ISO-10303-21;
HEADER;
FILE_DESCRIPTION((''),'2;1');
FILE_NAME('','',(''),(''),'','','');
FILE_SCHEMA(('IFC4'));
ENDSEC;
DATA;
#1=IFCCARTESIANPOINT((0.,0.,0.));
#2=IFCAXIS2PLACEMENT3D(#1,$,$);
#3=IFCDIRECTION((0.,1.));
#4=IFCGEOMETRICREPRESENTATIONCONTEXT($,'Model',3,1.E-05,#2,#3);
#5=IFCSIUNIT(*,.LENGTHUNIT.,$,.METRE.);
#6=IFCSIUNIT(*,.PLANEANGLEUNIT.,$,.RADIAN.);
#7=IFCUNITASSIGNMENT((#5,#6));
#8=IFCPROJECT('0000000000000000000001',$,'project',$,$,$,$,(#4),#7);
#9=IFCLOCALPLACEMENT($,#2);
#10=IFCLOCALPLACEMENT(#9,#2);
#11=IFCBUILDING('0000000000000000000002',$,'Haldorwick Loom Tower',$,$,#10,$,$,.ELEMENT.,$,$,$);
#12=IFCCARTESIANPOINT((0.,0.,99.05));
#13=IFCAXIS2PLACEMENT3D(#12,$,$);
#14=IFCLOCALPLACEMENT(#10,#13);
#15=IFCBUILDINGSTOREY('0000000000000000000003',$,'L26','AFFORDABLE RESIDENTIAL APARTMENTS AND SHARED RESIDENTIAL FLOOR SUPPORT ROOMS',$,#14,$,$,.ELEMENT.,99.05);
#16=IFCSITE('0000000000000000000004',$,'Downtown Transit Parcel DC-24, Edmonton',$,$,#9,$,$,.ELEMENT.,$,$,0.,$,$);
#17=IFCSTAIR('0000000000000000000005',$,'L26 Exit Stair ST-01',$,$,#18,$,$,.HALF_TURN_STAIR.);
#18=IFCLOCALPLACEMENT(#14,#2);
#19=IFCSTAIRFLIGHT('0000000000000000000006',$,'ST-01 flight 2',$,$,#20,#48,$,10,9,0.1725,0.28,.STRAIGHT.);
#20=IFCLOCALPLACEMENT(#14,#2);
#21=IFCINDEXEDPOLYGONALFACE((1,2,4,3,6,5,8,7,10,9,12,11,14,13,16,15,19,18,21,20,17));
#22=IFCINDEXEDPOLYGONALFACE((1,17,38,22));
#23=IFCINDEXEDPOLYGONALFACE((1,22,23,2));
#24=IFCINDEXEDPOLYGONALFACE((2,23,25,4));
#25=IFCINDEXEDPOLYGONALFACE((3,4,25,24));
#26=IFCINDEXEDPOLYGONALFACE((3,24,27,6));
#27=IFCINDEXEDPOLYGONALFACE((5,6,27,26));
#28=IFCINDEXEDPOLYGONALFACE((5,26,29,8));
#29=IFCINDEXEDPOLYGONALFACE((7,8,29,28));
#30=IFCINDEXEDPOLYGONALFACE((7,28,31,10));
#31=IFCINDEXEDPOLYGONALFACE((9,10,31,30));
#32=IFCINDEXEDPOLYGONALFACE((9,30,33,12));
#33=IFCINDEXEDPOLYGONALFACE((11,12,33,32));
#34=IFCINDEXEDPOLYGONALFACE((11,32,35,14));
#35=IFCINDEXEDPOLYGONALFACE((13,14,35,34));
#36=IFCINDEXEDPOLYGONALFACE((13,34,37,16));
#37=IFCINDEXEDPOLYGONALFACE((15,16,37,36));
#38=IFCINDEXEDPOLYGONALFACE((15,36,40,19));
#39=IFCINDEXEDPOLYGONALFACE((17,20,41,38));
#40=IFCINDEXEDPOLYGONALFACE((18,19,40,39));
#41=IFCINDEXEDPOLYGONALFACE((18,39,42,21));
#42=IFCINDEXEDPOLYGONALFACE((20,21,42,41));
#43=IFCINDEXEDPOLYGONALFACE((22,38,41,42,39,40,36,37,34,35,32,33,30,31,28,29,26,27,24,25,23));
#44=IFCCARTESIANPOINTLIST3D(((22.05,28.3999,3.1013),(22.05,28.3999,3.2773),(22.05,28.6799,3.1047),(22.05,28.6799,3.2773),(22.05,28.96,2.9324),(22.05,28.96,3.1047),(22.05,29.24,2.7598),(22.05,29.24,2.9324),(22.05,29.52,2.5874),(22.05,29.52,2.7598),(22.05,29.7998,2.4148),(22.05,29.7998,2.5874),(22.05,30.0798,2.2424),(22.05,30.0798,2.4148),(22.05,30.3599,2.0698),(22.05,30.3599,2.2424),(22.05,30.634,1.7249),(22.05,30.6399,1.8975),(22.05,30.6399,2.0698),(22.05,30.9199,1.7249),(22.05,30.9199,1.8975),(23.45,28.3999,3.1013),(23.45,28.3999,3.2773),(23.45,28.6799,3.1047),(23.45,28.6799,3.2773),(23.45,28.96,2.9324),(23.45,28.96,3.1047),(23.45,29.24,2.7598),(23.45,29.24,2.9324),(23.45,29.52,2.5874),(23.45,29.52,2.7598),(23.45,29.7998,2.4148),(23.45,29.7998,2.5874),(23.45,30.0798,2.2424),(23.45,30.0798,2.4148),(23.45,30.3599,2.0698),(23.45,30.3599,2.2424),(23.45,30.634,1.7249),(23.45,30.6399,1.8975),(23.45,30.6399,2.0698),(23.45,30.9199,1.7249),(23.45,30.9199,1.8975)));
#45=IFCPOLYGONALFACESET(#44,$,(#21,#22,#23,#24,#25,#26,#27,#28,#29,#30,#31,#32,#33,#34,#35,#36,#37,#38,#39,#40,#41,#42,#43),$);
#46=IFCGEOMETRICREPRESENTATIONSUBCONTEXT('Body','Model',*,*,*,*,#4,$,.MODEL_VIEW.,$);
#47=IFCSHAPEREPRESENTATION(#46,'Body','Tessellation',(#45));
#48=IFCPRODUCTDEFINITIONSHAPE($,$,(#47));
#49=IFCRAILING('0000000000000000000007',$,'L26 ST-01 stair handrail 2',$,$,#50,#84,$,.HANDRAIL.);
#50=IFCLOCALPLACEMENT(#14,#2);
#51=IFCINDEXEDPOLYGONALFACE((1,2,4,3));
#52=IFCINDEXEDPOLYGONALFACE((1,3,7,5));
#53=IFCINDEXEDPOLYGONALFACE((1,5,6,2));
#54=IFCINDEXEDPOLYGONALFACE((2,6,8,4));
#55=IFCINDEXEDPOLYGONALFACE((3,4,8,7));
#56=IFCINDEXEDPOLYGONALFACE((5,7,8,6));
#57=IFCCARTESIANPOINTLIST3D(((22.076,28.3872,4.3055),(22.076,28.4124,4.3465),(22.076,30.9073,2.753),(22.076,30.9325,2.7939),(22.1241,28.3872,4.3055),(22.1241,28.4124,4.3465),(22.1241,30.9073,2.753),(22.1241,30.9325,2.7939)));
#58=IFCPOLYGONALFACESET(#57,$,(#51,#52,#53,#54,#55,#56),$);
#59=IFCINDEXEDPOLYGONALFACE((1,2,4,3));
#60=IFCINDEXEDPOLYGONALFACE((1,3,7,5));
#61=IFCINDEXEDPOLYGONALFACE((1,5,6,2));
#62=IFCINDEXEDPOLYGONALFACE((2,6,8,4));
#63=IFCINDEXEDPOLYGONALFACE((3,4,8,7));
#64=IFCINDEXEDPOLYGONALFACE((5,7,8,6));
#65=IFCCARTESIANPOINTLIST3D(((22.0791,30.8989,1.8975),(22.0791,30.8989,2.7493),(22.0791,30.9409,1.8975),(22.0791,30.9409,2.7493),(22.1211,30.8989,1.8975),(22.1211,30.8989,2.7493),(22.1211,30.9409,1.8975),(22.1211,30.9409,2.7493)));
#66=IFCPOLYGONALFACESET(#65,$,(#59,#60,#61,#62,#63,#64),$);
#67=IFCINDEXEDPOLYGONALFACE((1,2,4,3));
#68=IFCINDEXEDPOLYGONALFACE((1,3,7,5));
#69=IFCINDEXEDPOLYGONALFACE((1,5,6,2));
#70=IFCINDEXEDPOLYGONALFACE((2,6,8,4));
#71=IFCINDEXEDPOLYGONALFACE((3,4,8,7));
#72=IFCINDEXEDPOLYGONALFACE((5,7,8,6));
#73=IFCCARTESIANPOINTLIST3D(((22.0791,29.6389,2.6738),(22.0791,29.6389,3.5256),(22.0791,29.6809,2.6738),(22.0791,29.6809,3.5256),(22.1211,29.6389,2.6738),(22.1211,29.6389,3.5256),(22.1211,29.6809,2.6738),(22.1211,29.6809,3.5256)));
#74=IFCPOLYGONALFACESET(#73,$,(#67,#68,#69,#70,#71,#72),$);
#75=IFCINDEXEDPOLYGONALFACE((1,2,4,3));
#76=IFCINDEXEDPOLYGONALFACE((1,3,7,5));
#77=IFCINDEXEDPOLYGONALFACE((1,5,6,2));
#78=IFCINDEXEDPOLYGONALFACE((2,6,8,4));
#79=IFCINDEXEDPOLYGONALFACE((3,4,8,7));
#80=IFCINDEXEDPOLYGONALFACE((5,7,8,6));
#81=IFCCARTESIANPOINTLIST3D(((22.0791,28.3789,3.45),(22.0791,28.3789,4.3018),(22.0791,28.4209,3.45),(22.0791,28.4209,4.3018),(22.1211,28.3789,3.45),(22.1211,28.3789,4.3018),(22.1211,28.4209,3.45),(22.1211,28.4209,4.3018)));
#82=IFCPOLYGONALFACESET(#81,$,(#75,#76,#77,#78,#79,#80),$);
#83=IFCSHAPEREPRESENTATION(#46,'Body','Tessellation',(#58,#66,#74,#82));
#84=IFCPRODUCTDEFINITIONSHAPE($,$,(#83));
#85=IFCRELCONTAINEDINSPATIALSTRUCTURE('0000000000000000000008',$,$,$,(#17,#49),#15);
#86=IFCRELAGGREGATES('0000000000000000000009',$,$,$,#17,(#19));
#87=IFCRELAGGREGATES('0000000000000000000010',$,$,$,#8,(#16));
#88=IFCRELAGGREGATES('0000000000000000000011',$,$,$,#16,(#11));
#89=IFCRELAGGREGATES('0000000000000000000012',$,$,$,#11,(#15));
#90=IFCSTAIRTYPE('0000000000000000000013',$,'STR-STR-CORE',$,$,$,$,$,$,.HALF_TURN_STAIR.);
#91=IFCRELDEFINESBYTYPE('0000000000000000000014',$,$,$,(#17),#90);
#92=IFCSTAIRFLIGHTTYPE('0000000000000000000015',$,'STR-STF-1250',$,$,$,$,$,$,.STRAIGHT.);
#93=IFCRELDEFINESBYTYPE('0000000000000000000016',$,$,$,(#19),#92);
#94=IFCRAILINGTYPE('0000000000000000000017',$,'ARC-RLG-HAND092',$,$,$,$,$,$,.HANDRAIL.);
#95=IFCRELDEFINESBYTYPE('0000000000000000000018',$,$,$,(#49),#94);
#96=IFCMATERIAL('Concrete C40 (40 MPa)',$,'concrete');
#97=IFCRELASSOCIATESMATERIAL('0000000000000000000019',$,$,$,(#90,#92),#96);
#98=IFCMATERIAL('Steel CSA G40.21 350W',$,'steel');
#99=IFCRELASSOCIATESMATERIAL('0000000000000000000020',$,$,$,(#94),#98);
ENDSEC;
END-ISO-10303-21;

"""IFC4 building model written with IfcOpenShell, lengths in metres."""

from ifc_helpers import new_model, si_unit, direction, frame, origin, origin_2d, place, context, subcontext, project, spatial, polyline, rectangle, outline, extrude, material, type_object, element, aggregate, save


model = new_model("IFC4")

# Units and contexts
model_context = context("Model", 3, precision=1e-05, world=origin(), true_north=direction((0.0, 1.0)))
body_context = subcontext(model_context, "Body", "Model", "MODEL_VIEW")
ifc_project = project(units=[si_unit("LENGTHUNIT", "METRE"), si_unit("PLANEANGLEUNIT", "RADIAN")], contexts=[model_context])

# Site, building, storey
site_placement = place(None, origin())
site = spatial("IfcSite", under=ifc_project, at=site_placement, Name="Downtown Transit Parcel DC-24, Edmonton", CompositionType="ELEMENT", RefElevation=0.0)
building_placement = place(site_placement, origin())
building = spatial("IfcBuilding", under=site, at=building_placement, Name="Haldorwick Loom Tower", CompositionType="ELEMENT")
storey_placement = place(building_placement, frame((0.0, 0.0, 99.05)))
storey = spatial("IfcBuildingStorey", under=building, at=storey_placement, Name="L26", Description="AFFORDABLE RESIDENTIAL APARTMENTS AND SHARED RESIDENTIAL FLOOR SUPPORT ROOMS", CompositionType="ELEMENT", Elevation=99.05)

# Shared definitions
ifc_material_1 = material(Name="Steel CSA G40.21 350W", Category="steel")

# Stair, stair flight
ifc_material_2 = material(Name="Concrete C40 (40 MPa)", Category="concrete")
stair_type = type_object("IfcStairType", Name="STR-STR-CORE", PredefinedType="HALF_TURN_STAIR", material=ifc_material_2)
stair_placement = place(storey_placement, origin())
stair = element("IfcStair", 1, at=stair_placement, inside=storey, type_object=stair_type, Name="L26 Exit Stair ST-01", PredefinedType="HALF_TURN_STAIR")
stair_flight_type = type_object("IfcStairFlightType", Name="STR-STF-1250", PredefinedType="STRAIGHT", material=ifc_material_2)
stair_flight_placement = place(storey_placement, frame((22.75, 30.9199, 1.7249), z_axis=(0.0, 0.0, 1.0), x_axis=(0.0, -1.0, 0.0)))
stair_flight = element("IfcStairFlight", 2, at=stair_flight_placement, type_object=stair_flight_type, Name="ST-01 flight 2", NumberOfRisers=10, NumberOfTreads=9, PredefinedType="STRAIGHT", RiserHeight=0.1725, TreadLength=0.28, context=body_context, shape_type="SweptSolid", body=[
    extrude(outline(polyline([(0.0, 0.0), (0.0, 0.1726), (0.28, 0.1726), (0.28, 0.345), (0.5601, 0.345), (0.5601, 0.5176), (0.8401, 0.5176), (0.8401, 0.6899), (1.1201, 0.6899), (1.1201, 0.8625), (1.3999, 0.8625), (1.3999, 1.0349), (1.6799, 1.0349), (1.6799, 1.2075), (1.96, 1.2075), (1.96, 1.3799), (2.24, 1.3799), (2.24, 1.5525), (2.52, 1.5525), (2.52, 1.7251), (2.52, 1.3765), (0.2859, 0.0), (0.0, 0.0)])), frame((0.0, 0.7, 0.0), z_axis=(0.0, -1.0, 0.0), x_axis=(1.0, 0.0, 0.0)), (0.0, 0.0, 1.0), 1.3999),
])
aggregate(stair, [stair_flight])

# Railing
railing_type = type_object("IfcRailingType", Name="ARC-RLG-HAND092", PredefinedType="HANDRAIL", material=ifc_material_1)
railing_placement = place(storey_placement, frame((22.1001, 30.9199, 1.8975)))
element("IfcRailing", 3, at=railing_placement, inside=storey, type_object=railing_type, Name="L26 ST-01 stair handrail 2", PredefinedType="HANDRAIL", context=body_context, shape_type="SweptSolid", body=[
    extrude(rectangle(XDim=0.0481, YDim=0.0481, at=origin_2d()), frame((0.0, 0.0, 0.876), z_axis=(0.0, -0.8514, 0.524516), x_axis=(1.0, 0.0, 0.0)), (0.0, 0.0, 1.0), 2.96),
    extrude(rectangle(XDim=0.042, YDim=0.042, at=origin_2d()), origin(), (0.0, 0.0, 1.0), 0.8518),
    extrude(rectangle(XDim=0.042, YDim=0.042, at=origin_2d()), frame((0.0, -1.26, 0.7764)), (0.0, 0.0, 1.0), 0.8518),
    extrude(rectangle(XDim=0.042, YDim=0.042, at=origin_2d()), frame((0.0, -2.52, 1.5525)), (0.0, 0.0, 1.0), 0.8518),
])

save(model, "model.ifc")
